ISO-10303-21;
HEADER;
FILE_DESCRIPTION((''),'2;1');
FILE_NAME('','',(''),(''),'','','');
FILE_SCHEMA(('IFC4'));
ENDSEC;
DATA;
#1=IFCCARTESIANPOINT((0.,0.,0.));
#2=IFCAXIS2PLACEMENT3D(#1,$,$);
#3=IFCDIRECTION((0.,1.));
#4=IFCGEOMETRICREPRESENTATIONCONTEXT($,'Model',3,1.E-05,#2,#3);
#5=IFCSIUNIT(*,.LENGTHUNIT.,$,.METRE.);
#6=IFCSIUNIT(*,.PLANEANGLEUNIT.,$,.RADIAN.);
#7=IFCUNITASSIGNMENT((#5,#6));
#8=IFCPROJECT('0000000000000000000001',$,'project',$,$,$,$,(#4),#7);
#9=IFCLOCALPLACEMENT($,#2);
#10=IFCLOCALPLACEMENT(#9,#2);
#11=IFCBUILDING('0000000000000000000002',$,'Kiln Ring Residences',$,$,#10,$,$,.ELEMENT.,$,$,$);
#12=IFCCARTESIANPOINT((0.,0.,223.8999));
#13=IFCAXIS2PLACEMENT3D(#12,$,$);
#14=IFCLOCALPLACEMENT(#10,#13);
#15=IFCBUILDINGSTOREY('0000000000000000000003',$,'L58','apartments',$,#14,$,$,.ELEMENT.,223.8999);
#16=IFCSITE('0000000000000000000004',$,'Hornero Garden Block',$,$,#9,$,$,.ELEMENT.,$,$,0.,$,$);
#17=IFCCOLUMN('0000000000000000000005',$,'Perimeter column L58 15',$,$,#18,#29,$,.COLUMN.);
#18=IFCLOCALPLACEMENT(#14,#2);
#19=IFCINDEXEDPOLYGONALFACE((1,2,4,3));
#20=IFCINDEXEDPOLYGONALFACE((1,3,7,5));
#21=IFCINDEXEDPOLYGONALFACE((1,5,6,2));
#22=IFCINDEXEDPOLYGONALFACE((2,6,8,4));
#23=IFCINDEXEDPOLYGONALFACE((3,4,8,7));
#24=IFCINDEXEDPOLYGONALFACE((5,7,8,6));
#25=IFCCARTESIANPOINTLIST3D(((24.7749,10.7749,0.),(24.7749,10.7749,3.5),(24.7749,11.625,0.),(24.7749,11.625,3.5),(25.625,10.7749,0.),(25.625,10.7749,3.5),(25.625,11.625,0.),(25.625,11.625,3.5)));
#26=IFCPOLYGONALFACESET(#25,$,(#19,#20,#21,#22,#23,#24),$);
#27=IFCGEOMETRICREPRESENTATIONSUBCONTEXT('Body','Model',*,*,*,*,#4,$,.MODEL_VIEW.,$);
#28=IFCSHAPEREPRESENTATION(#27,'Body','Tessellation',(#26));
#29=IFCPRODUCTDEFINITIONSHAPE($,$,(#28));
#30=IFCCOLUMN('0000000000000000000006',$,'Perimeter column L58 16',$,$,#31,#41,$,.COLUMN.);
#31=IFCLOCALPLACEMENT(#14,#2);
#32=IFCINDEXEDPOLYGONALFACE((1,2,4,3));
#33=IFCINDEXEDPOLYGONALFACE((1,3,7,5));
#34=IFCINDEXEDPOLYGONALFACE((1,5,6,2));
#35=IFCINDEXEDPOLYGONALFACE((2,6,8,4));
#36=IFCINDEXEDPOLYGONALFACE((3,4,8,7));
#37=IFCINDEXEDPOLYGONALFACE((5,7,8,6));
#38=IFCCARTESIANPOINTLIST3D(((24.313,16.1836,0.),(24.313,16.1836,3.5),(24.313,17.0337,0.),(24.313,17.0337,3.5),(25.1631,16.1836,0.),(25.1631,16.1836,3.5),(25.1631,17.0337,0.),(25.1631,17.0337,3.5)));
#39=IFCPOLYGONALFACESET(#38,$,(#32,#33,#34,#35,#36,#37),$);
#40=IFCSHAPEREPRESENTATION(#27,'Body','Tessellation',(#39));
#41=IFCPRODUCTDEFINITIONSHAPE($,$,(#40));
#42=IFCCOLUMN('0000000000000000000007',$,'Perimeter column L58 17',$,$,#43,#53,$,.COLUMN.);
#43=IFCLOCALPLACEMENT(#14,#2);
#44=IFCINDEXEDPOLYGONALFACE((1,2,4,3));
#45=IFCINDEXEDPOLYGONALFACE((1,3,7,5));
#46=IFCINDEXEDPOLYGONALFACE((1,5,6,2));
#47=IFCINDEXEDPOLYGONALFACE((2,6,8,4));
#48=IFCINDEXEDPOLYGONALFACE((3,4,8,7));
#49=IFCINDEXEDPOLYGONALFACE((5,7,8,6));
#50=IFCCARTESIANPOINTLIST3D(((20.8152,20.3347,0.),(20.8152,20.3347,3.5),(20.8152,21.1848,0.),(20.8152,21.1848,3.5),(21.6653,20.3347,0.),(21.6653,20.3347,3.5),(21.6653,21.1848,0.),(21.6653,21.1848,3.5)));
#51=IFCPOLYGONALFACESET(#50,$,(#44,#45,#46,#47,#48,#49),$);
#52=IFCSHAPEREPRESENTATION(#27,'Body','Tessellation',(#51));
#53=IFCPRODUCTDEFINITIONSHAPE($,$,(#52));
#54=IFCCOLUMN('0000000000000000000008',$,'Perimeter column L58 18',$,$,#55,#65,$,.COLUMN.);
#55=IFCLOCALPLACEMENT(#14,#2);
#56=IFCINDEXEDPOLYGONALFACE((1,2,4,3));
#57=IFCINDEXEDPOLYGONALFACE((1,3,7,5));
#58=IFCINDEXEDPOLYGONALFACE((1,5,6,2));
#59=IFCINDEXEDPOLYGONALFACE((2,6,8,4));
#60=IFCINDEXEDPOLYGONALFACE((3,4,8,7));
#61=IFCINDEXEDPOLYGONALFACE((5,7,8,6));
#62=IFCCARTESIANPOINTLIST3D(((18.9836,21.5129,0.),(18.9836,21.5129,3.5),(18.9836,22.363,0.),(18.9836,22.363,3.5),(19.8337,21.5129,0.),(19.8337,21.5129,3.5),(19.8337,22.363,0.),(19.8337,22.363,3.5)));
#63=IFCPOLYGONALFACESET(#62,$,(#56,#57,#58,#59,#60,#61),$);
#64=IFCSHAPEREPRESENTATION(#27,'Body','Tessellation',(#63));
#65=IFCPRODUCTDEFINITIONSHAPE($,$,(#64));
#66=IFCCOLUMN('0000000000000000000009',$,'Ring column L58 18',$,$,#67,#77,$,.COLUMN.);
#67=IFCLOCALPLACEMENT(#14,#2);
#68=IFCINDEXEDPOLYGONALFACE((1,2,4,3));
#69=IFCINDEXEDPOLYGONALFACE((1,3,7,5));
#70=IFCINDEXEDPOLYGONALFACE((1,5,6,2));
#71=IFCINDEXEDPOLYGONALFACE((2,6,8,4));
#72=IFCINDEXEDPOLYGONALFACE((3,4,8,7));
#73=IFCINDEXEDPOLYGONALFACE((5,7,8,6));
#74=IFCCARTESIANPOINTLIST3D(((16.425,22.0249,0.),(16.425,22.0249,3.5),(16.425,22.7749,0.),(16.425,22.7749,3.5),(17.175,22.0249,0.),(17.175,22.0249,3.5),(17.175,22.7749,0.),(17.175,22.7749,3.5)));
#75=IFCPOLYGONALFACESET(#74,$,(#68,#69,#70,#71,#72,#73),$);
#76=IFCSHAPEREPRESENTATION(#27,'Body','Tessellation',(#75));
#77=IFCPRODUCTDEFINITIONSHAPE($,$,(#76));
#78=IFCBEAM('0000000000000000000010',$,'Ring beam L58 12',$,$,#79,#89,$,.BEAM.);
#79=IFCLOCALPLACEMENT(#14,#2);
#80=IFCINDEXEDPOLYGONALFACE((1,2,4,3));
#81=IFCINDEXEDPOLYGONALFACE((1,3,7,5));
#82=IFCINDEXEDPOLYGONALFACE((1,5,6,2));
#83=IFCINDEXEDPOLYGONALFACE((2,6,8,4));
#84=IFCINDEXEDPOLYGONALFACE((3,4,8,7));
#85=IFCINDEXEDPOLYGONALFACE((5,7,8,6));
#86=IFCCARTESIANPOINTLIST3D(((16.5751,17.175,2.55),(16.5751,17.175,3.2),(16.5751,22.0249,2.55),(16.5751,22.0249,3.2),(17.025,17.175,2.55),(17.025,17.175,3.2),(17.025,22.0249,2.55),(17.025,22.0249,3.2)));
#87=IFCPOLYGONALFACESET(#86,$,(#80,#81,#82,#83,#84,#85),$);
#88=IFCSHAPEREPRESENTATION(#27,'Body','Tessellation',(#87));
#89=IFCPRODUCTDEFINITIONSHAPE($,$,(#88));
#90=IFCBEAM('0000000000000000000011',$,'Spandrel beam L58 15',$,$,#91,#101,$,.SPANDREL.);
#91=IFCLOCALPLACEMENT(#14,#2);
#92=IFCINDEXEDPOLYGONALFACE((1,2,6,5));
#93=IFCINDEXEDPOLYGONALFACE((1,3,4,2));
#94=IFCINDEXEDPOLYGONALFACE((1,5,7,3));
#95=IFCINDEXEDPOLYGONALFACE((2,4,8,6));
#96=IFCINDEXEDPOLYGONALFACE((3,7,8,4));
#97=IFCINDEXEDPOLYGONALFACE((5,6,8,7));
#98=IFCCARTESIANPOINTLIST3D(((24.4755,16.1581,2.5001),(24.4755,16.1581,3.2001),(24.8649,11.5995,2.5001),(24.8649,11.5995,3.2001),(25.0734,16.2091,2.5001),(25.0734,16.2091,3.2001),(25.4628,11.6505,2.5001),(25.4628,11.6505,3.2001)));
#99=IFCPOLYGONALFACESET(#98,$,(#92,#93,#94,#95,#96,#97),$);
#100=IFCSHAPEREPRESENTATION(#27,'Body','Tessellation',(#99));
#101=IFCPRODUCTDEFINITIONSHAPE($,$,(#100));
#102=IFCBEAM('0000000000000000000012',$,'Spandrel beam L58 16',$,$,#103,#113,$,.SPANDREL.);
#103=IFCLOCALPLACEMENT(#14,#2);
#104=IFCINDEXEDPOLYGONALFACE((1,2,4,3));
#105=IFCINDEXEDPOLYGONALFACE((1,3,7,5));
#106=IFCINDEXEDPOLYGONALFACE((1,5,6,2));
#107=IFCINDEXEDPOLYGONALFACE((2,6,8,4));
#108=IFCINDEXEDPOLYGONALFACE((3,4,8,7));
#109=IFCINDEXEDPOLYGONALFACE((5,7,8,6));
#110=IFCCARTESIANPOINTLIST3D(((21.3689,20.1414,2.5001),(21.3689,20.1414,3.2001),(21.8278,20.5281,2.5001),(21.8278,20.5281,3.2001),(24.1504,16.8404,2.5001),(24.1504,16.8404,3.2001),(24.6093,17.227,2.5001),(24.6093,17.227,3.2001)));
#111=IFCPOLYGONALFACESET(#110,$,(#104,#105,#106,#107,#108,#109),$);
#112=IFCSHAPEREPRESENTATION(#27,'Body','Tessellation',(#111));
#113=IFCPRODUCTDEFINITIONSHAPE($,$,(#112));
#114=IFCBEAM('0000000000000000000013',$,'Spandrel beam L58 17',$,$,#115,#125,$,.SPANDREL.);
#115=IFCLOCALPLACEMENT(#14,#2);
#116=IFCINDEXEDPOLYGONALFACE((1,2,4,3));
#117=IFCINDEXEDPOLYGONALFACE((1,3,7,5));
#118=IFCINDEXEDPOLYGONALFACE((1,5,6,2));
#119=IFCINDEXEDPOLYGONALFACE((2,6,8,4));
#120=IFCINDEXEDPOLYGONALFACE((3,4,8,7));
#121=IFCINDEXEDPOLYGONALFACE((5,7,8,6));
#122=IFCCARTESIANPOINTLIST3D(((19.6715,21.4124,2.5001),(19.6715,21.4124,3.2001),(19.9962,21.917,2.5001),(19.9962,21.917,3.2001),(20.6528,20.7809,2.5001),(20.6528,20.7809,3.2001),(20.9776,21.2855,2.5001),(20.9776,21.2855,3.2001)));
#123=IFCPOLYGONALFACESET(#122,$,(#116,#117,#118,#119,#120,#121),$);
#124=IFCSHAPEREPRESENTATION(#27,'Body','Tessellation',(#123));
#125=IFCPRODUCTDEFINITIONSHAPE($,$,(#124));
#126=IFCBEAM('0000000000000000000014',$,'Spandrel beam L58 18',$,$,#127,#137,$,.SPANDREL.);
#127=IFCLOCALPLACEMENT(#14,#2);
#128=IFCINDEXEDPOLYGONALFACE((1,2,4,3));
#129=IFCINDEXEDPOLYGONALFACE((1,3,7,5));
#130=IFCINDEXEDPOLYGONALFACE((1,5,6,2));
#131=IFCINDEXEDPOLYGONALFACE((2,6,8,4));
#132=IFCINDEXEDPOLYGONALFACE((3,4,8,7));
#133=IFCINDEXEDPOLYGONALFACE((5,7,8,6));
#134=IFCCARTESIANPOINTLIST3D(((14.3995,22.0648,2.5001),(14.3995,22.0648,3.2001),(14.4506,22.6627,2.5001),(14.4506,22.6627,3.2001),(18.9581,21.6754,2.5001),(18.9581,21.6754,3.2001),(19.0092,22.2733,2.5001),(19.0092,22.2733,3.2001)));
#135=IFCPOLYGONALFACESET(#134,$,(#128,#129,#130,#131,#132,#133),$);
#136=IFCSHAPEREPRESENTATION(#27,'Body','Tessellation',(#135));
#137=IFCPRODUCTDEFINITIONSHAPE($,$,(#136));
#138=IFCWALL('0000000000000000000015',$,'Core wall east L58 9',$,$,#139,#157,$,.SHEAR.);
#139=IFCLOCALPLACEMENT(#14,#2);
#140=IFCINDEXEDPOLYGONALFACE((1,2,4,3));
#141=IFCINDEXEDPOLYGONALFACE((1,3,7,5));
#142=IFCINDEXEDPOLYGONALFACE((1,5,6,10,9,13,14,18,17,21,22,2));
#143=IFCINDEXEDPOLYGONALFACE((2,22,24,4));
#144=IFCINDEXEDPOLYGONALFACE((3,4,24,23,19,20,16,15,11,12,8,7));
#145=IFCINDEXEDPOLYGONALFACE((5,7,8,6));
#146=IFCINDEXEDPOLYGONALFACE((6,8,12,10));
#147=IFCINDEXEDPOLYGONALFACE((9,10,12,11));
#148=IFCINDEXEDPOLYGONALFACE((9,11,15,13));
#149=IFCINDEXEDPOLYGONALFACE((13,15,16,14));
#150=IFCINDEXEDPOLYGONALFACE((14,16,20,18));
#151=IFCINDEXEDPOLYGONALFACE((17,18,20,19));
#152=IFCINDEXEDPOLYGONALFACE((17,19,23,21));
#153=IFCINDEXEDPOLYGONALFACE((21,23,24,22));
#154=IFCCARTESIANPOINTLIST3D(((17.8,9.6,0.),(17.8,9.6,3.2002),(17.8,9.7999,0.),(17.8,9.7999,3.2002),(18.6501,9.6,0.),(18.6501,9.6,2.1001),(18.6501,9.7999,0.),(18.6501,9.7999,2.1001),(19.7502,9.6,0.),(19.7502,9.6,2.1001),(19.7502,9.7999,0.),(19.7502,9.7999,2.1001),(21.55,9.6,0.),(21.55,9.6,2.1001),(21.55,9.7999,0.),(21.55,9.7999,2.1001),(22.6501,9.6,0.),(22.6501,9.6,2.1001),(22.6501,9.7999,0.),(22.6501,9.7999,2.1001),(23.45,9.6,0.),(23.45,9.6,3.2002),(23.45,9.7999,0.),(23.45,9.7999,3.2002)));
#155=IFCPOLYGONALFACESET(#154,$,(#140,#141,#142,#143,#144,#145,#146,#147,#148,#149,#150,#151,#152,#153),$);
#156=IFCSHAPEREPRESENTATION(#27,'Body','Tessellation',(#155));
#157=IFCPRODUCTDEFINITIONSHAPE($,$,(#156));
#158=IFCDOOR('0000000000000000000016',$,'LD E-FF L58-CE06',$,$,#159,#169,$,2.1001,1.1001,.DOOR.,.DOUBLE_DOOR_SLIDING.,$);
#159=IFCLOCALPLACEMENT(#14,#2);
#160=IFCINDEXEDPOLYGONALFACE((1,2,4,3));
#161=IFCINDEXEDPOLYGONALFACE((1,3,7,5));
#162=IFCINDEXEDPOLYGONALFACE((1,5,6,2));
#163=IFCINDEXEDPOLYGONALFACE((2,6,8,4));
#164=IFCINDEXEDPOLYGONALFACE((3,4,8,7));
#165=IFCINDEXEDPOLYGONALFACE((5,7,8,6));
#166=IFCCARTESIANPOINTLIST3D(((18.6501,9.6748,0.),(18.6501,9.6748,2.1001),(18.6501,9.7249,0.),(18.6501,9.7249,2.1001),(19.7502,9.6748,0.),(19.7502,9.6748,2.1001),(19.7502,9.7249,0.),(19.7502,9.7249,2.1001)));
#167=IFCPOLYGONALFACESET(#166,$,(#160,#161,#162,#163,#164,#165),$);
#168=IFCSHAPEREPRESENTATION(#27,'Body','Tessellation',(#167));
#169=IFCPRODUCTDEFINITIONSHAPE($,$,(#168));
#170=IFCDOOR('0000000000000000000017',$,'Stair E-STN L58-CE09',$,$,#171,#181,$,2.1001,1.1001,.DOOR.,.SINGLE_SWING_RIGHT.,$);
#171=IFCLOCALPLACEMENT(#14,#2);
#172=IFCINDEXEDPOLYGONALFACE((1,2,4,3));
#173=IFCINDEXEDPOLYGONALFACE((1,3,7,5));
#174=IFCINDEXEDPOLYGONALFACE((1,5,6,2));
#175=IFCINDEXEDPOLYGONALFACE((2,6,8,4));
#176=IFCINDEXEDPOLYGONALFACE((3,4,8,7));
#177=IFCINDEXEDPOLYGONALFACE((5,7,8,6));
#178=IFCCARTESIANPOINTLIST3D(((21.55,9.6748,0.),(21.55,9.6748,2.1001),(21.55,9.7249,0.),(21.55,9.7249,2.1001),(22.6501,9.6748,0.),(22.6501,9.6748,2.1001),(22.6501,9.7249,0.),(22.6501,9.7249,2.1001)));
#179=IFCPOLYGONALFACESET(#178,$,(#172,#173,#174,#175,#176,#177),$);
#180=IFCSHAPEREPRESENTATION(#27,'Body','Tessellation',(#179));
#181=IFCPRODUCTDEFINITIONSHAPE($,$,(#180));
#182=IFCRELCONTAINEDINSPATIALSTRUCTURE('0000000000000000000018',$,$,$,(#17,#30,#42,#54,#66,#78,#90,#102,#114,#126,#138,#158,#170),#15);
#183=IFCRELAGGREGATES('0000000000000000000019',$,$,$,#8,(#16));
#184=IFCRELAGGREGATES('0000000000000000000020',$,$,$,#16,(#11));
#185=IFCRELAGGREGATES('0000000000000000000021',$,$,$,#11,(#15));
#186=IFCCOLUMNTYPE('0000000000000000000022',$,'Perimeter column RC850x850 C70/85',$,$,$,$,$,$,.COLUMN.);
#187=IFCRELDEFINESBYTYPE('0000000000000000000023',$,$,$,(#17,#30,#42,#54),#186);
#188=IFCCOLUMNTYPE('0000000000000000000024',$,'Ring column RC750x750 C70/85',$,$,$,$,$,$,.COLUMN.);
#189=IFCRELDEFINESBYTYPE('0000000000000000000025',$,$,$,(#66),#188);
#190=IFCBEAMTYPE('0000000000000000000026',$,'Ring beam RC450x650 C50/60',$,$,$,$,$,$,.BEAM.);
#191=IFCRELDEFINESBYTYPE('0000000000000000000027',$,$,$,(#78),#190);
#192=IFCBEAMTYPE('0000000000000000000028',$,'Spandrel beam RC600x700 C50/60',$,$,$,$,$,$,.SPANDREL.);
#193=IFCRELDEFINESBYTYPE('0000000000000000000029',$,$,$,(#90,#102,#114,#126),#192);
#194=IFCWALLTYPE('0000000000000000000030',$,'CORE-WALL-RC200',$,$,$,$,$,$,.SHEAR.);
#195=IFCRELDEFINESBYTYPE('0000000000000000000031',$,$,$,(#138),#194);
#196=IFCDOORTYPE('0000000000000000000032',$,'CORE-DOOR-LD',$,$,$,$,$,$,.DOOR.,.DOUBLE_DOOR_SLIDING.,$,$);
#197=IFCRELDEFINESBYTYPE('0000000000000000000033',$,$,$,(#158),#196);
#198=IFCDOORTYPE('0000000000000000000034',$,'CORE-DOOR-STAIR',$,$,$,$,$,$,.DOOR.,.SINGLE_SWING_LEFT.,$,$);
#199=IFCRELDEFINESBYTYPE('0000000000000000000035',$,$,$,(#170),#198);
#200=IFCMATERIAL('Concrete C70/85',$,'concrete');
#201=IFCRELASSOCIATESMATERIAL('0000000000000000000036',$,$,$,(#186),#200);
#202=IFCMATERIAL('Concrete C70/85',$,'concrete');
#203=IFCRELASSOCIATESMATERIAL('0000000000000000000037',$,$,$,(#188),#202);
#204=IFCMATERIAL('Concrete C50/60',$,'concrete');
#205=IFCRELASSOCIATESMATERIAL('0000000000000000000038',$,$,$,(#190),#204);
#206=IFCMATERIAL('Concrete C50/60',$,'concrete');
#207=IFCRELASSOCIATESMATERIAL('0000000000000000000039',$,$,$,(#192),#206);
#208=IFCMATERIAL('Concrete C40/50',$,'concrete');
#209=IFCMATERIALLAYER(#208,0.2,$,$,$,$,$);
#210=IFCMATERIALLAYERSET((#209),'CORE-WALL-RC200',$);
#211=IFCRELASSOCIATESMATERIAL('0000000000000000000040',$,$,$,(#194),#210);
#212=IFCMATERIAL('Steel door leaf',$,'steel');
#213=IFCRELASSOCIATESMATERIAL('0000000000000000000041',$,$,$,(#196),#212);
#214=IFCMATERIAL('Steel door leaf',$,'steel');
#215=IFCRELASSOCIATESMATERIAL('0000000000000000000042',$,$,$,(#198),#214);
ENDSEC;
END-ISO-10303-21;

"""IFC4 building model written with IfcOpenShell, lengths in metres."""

from ifc_helpers import new_model, si_unit, direction, frame, frame_2d, origin, origin_2d, place, context, subcontext, project, spatial, rectangle, extrude, material, layer, layer_set, material_profile, profile_set, type_object, element, fill, save


model = new_model("IFC4")

# Units and contexts
model_context = context("Model", 3, precision=1e-05, world=origin(), true_north=direction((0.0, 1.0)))
body_context = subcontext(model_context, "Body", "Model", "MODEL_VIEW")
ifc_project = project(units=[si_unit("LENGTHUNIT", "METRE"), si_unit("PLANEANGLEUNIT", "RADIAN")], contexts=[model_context])

# Site, building, storey
site_placement = place(None, origin())
site = spatial("IfcSite", under=ifc_project, at=site_placement, Name="Hornero Garden Block", CompositionType="ELEMENT", RefElevation=0.0)
building_placement = place(site_placement, origin())
building = spatial("IfcBuilding", under=site, at=building_placement, Name="Kiln Ring Residences", CompositionType="ELEMENT")
storey_placement = place(building_placement, frame((0.0, 0.0, 223.8999)))
storey = spatial("IfcBuildingStorey", under=building, at=storey_placement, Name="L58", Description="apartments", CompositionType="ELEMENT", Elevation=223.8999)

# Columns
ifc_material_1 = material(Name="Concrete C70/85", Category="concrete")
ifc_material_profile_1 = material_profile(ifc_material_1, rectangle(XDim=0.8501, YDim=0.8501, at=origin_2d()), Name="RC850x850")
ifc_profile_set_1 = profile_set([ifc_material_profile_1], Name="Concrete C70/85")
column_type_1 = type_object("IfcColumnType", Name="Perimeter column RC850x850 C70/85", PredefinedType="COLUMN", material=ifc_profile_set_1)
for number, where, z_axis, x_axis, name in (
    (1, (25.2, 11.2, 0.0), (0.0, 0.0, 1.0), (1.0, 0.0, 0.0), "Perimeter column L58 15"),
    (2, (24.738, 16.6086, 0.0), (0.0, 0.0, 1.0), (1.0, 0.0, 0.0), "Perimeter column L58 16"),
    (3, (21.2402, 20.7598, 0.0), (0.0, 0.0, 1.0), (1.0, 0.0, 0.0), "Perimeter column L58 17"),
    (4, (19.4087, 21.938, 0.0), (0.0, 0.0, 1.0), (1.0, 0.0, 0.0), "Perimeter column L58 18"),
):
    element("IfcColumn", number, at=place(storey_placement, frame(where, z_axis=z_axis, x_axis=x_axis)), inside=storey, type_object=column_type_1, Name=name, PredefinedType="COLUMN", context=body_context, shape_type="SweptSolid", body=[
        extrude(rectangle(XDim=0.8501, YDim=0.8501, at=origin_2d()), origin(), (0.0, 0.0, 1.0), 3.5),
    ])
ifc_material_2 = material(Name="Concrete C70/85", Category="concrete")
ifc_material_profile_2 = material_profile(ifc_material_2, rectangle(XDim=0.75, YDim=0.75, at=origin_2d()), Name="RC750x750")
ifc_profile_set_2 = profile_set([ifc_material_profile_2], Name="Concrete C70/85")
column_type_2 = type_object("IfcColumnType", Name="Ring column RC750x750 C70/85", PredefinedType="COLUMN", material=ifc_profile_set_2)
column_placement = place(storey_placement, frame((16.8, 22.3999, 0.0), z_axis=(0.0, 0.0, 1.0), x_axis=(1.0, 0.0, 0.0)))
element("IfcColumn", 5, at=column_placement, inside=storey, type_object=column_type_2, Name="Ring column L58 18", PredefinedType="COLUMN", context=body_context, shape_type="SweptSolid", body=[
    extrude(rectangle(XDim=0.75, YDim=0.75, at=origin_2d()), origin(), (0.0, 0.0, 1.0), 3.5),
])

# Beams
ifc_material_3 = material(Name="Concrete C50/60", Category="concrete")
ifc_material_profile_3 = material_profile(ifc_material_3, rectangle(XDim=0.45, YDim=0.6499, at=origin_2d()), Name="RC450x650")
ifc_profile_set_3 = profile_set([ifc_material_profile_3], Name="Concrete C50/60")
beam_type_1 = type_object("IfcBeamType", Name="Ring beam RC450x650 C50/60", PredefinedType="BEAM", material=ifc_profile_set_3)
beam_1_placement = place(storey_placement, frame((16.8, 17.175, 2.875), z_axis=(0.0, 1.0, 0.0), x_axis=(-1.0, 0.0, 0.0)))
element("IfcBeam", 6, at=beam_1_placement, inside=storey, type_object=beam_type_1, Name="Ring beam L58 12", PredefinedType="BEAM", context=body_context, shape_type="SweptSolid", body=[
    extrude(rectangle(XDim=0.45, YDim=0.6499, at=origin_2d()), origin(), (0.0, 0.0, 1.0), 4.8499),
])
ifc_material_4 = material(Name="Concrete C50/60", Category="concrete")
ifc_material_profile_4 = material_profile(ifc_material_4, rectangle(XDim=0.6001, YDim=0.7, at=origin_2d()), Name="RC600x700")
ifc_profile_set_4 = profile_set([ifc_material_profile_4], Name="Concrete C50/60")
beam_type_2 = type_object("IfcBeamType", Name="Spandrel beam RC600x700 C50/60", PredefinedType="SPANDREL", material=ifc_profile_set_4)
beam_2_placement = place(storey_placement, frame((25.1638, 11.625, 2.8501), z_axis=(-0.085112, 0.996371, 0.0), x_axis=(-0.996371, -0.085112, 0.0)))
element("IfcBeam", 7, at=beam_2_placement, inside=storey, type_object=beam_type_2, Name="Spandrel beam L58 15", PredefinedType="SPANDREL", context=body_context, shape_type="SweptSolid", body=[
    extrude(rectangle(XDim=0.6001, YDim=0.7, at=origin_2d()), origin(), (0.0, 0.0, 1.0), 4.5752),
])
beam_3_placement = place(storey_placement, frame((24.3799, 17.0337, 2.8501), z_axis=(-0.644364, 0.764719, 0.0), x_axis=(-0.764719, -0.644364, 0.0)))
element("IfcBeam", 8, at=beam_3_placement, inside=storey, type_object=beam_type_2, Name="Spandrel beam L58 16", PredefinedType="SPANDREL", context=body_context, shape_type="SweptSolid", body=[
    extrude(rectangle(XDim=0.6001, YDim=0.7, at=origin_2d()), origin(), (0.0, 0.0, 1.0), 4.3167),
])
beam_4_placement = place(storey_placement, frame((20.8152, 21.0332, 2.8501), z_axis=(-0.84092, 0.541159, 0.0), x_axis=(-0.541159, -0.84092, 0.0)))
element("IfcBeam", 9, at=beam_4_placement, inside=storey, type_object=beam_type_2, Name="Spandrel beam L58 17", PredefinedType="SPANDREL", context=body_context, shape_type="SweptSolid", body=[
    extrude(rectangle(XDim=0.6001, YDim=0.7, at=origin_2d()), origin(), (0.0, 0.0, 1.0), 1.167),
])
beam_5_placement = place(storey_placement, frame((18.9836, 21.9744, 2.8501), z_axis=(-0.996371, 0.085112, 0.0), x_axis=(-0.085112, -0.996371, 0.0)))
element("IfcBeam", 10, at=beam_5_placement, inside=storey, type_object=beam_type_2, Name="Spandrel beam L58 18", PredefinedType="SPANDREL", context=body_context, shape_type="SweptSolid", body=[
    extrude(rectangle(XDim=0.6001, YDim=0.7, at=origin_2d()), origin(), (0.0, 0.0, 1.0), 4.5752),
])

# Wall, openings, doors
ifc_material_5 = material(Name="Concrete C40/50", Category="concrete")
ifc_layer_1 = layer(ifc_material_5, 0.2)
ifc_layer_set_1 = layer_set([ifc_layer_1], Name="CORE-WALL-RC200")
wall_type_1 = type_object("IfcWallType", Name="CORE-WALL-RC200", PredefinedType="SHEAR", material=ifc_layer_set_1)
wall_1_placement = place(storey_placement, frame((17.8, 9.7, 0.0), z_axis=(0.0, 0.0, 1.0), x_axis=(1.0, 0.0, 0.0)))
wall_1 = element("IfcWall", 11, at=wall_1_placement, inside=storey, type_object=wall_type_1, Name="Core wall east L58 9", PredefinedType="SHEAR", context=body_context, shape_type="SweptSolid", body=[
    extrude(rectangle(XDim=5.6499, YDim=0.2, at=frame_2d((2.825, 0.0))), origin(), (0.0, 0.0, 1.0), 3.2002),
])
opening_1_placement = place(wall_1_placement, frame((0.8501, 0.0, 0.0)))
opening_1 = element("IfcOpeningElement", 12, at=opening_1_placement, cuts=wall_1, PredefinedType="OPENING", context=body_context, shape_type="SweptSolid", body=[
    extrude(rectangle(XDim=1.1001, YDim=2.1001, at=frame_2d((0.55, 1.05))), frame((0.0, 0.1099, 0.0), z_axis=(0.0, -1.0, 0.0), x_axis=(1.0, 0.0, 0.0)), (0.0, 0.0, 1.0), 0.22),
])
opening_2_placement = place(wall_1_placement, frame((3.75, 0.0, 0.0)))
opening_2 = element("IfcOpeningElement", 13, at=opening_2_placement, cuts=wall_1, PredefinedType="OPENING", context=body_context, shape_type="SweptSolid", body=[
    extrude(rectangle(XDim=1.1001, YDim=2.1001, at=frame_2d((0.55, 1.05))), frame((0.0, 0.1099, 0.0), z_axis=(0.0, -1.0, 0.0), x_axis=(1.0, 0.0, 0.0)), (0.0, 0.0, 1.0), 0.22),
])
ifc_material_6 = material(Name="Steel door leaf", Category="steel")
door_type_1 = type_object("IfcDoorType", Name="CORE-DOOR-LD", OperationType="DOUBLE_DOOR_SLIDING", PredefinedType="DOOR", material=ifc_material_6)
door_1_placement = place(opening_1_placement, origin())
door_1 = element("IfcDoor", 14, at=door_1_placement, inside=storey, type_object=door_type_1, Name="LD E-FF L58-CE06", OperationType="DOUBLE_DOOR_SLIDING", OverallHeight=2.1001, OverallWidth=1.1001, PredefinedType="DOOR", context=body_context, shape_type="SweptSolid", body=[
    extrude(rectangle(XDim=1.1001, YDim=2.1001, at=frame_2d((0.55, 1.05))), frame((0.0, 0.0249, 0.0), z_axis=(0.0, -1.0, 0.0), x_axis=(1.0, 0.0, 0.0)), (0.0, 0.0, 1.0), 0.05),
])
fill(opening_1, door_1)
ifc_material_7 = material(Name="Steel door leaf", Category="steel")
door_type_2 = type_object("IfcDoorType", Name="CORE-DOOR-STAIR", OperationType="SINGLE_SWING_LEFT", PredefinedType="DOOR", material=ifc_material_7)
door_2_placement = place(opening_2_placement, origin())
door_2 = element("IfcDoor", 15, at=door_2_placement, inside=storey, type_object=door_type_2, Name="Stair E-STN L58-CE09", OperationType="SINGLE_SWING_RIGHT", OverallHeight=2.1001, OverallWidth=1.1001, PredefinedType="DOOR", context=body_context, shape_type="SweptSolid", body=[
    extrude(rectangle(XDim=1.1001, YDim=2.1001, at=frame_2d((0.55, 1.05))), frame((0.0, 0.0249, 0.0), z_axis=(0.0, -1.0, 0.0), x_axis=(1.0, 0.0, 0.0)), (0.0, 0.0, 1.0), 0.05),
])
fill(opening_2, door_2)

save(model, "model.ifc")
